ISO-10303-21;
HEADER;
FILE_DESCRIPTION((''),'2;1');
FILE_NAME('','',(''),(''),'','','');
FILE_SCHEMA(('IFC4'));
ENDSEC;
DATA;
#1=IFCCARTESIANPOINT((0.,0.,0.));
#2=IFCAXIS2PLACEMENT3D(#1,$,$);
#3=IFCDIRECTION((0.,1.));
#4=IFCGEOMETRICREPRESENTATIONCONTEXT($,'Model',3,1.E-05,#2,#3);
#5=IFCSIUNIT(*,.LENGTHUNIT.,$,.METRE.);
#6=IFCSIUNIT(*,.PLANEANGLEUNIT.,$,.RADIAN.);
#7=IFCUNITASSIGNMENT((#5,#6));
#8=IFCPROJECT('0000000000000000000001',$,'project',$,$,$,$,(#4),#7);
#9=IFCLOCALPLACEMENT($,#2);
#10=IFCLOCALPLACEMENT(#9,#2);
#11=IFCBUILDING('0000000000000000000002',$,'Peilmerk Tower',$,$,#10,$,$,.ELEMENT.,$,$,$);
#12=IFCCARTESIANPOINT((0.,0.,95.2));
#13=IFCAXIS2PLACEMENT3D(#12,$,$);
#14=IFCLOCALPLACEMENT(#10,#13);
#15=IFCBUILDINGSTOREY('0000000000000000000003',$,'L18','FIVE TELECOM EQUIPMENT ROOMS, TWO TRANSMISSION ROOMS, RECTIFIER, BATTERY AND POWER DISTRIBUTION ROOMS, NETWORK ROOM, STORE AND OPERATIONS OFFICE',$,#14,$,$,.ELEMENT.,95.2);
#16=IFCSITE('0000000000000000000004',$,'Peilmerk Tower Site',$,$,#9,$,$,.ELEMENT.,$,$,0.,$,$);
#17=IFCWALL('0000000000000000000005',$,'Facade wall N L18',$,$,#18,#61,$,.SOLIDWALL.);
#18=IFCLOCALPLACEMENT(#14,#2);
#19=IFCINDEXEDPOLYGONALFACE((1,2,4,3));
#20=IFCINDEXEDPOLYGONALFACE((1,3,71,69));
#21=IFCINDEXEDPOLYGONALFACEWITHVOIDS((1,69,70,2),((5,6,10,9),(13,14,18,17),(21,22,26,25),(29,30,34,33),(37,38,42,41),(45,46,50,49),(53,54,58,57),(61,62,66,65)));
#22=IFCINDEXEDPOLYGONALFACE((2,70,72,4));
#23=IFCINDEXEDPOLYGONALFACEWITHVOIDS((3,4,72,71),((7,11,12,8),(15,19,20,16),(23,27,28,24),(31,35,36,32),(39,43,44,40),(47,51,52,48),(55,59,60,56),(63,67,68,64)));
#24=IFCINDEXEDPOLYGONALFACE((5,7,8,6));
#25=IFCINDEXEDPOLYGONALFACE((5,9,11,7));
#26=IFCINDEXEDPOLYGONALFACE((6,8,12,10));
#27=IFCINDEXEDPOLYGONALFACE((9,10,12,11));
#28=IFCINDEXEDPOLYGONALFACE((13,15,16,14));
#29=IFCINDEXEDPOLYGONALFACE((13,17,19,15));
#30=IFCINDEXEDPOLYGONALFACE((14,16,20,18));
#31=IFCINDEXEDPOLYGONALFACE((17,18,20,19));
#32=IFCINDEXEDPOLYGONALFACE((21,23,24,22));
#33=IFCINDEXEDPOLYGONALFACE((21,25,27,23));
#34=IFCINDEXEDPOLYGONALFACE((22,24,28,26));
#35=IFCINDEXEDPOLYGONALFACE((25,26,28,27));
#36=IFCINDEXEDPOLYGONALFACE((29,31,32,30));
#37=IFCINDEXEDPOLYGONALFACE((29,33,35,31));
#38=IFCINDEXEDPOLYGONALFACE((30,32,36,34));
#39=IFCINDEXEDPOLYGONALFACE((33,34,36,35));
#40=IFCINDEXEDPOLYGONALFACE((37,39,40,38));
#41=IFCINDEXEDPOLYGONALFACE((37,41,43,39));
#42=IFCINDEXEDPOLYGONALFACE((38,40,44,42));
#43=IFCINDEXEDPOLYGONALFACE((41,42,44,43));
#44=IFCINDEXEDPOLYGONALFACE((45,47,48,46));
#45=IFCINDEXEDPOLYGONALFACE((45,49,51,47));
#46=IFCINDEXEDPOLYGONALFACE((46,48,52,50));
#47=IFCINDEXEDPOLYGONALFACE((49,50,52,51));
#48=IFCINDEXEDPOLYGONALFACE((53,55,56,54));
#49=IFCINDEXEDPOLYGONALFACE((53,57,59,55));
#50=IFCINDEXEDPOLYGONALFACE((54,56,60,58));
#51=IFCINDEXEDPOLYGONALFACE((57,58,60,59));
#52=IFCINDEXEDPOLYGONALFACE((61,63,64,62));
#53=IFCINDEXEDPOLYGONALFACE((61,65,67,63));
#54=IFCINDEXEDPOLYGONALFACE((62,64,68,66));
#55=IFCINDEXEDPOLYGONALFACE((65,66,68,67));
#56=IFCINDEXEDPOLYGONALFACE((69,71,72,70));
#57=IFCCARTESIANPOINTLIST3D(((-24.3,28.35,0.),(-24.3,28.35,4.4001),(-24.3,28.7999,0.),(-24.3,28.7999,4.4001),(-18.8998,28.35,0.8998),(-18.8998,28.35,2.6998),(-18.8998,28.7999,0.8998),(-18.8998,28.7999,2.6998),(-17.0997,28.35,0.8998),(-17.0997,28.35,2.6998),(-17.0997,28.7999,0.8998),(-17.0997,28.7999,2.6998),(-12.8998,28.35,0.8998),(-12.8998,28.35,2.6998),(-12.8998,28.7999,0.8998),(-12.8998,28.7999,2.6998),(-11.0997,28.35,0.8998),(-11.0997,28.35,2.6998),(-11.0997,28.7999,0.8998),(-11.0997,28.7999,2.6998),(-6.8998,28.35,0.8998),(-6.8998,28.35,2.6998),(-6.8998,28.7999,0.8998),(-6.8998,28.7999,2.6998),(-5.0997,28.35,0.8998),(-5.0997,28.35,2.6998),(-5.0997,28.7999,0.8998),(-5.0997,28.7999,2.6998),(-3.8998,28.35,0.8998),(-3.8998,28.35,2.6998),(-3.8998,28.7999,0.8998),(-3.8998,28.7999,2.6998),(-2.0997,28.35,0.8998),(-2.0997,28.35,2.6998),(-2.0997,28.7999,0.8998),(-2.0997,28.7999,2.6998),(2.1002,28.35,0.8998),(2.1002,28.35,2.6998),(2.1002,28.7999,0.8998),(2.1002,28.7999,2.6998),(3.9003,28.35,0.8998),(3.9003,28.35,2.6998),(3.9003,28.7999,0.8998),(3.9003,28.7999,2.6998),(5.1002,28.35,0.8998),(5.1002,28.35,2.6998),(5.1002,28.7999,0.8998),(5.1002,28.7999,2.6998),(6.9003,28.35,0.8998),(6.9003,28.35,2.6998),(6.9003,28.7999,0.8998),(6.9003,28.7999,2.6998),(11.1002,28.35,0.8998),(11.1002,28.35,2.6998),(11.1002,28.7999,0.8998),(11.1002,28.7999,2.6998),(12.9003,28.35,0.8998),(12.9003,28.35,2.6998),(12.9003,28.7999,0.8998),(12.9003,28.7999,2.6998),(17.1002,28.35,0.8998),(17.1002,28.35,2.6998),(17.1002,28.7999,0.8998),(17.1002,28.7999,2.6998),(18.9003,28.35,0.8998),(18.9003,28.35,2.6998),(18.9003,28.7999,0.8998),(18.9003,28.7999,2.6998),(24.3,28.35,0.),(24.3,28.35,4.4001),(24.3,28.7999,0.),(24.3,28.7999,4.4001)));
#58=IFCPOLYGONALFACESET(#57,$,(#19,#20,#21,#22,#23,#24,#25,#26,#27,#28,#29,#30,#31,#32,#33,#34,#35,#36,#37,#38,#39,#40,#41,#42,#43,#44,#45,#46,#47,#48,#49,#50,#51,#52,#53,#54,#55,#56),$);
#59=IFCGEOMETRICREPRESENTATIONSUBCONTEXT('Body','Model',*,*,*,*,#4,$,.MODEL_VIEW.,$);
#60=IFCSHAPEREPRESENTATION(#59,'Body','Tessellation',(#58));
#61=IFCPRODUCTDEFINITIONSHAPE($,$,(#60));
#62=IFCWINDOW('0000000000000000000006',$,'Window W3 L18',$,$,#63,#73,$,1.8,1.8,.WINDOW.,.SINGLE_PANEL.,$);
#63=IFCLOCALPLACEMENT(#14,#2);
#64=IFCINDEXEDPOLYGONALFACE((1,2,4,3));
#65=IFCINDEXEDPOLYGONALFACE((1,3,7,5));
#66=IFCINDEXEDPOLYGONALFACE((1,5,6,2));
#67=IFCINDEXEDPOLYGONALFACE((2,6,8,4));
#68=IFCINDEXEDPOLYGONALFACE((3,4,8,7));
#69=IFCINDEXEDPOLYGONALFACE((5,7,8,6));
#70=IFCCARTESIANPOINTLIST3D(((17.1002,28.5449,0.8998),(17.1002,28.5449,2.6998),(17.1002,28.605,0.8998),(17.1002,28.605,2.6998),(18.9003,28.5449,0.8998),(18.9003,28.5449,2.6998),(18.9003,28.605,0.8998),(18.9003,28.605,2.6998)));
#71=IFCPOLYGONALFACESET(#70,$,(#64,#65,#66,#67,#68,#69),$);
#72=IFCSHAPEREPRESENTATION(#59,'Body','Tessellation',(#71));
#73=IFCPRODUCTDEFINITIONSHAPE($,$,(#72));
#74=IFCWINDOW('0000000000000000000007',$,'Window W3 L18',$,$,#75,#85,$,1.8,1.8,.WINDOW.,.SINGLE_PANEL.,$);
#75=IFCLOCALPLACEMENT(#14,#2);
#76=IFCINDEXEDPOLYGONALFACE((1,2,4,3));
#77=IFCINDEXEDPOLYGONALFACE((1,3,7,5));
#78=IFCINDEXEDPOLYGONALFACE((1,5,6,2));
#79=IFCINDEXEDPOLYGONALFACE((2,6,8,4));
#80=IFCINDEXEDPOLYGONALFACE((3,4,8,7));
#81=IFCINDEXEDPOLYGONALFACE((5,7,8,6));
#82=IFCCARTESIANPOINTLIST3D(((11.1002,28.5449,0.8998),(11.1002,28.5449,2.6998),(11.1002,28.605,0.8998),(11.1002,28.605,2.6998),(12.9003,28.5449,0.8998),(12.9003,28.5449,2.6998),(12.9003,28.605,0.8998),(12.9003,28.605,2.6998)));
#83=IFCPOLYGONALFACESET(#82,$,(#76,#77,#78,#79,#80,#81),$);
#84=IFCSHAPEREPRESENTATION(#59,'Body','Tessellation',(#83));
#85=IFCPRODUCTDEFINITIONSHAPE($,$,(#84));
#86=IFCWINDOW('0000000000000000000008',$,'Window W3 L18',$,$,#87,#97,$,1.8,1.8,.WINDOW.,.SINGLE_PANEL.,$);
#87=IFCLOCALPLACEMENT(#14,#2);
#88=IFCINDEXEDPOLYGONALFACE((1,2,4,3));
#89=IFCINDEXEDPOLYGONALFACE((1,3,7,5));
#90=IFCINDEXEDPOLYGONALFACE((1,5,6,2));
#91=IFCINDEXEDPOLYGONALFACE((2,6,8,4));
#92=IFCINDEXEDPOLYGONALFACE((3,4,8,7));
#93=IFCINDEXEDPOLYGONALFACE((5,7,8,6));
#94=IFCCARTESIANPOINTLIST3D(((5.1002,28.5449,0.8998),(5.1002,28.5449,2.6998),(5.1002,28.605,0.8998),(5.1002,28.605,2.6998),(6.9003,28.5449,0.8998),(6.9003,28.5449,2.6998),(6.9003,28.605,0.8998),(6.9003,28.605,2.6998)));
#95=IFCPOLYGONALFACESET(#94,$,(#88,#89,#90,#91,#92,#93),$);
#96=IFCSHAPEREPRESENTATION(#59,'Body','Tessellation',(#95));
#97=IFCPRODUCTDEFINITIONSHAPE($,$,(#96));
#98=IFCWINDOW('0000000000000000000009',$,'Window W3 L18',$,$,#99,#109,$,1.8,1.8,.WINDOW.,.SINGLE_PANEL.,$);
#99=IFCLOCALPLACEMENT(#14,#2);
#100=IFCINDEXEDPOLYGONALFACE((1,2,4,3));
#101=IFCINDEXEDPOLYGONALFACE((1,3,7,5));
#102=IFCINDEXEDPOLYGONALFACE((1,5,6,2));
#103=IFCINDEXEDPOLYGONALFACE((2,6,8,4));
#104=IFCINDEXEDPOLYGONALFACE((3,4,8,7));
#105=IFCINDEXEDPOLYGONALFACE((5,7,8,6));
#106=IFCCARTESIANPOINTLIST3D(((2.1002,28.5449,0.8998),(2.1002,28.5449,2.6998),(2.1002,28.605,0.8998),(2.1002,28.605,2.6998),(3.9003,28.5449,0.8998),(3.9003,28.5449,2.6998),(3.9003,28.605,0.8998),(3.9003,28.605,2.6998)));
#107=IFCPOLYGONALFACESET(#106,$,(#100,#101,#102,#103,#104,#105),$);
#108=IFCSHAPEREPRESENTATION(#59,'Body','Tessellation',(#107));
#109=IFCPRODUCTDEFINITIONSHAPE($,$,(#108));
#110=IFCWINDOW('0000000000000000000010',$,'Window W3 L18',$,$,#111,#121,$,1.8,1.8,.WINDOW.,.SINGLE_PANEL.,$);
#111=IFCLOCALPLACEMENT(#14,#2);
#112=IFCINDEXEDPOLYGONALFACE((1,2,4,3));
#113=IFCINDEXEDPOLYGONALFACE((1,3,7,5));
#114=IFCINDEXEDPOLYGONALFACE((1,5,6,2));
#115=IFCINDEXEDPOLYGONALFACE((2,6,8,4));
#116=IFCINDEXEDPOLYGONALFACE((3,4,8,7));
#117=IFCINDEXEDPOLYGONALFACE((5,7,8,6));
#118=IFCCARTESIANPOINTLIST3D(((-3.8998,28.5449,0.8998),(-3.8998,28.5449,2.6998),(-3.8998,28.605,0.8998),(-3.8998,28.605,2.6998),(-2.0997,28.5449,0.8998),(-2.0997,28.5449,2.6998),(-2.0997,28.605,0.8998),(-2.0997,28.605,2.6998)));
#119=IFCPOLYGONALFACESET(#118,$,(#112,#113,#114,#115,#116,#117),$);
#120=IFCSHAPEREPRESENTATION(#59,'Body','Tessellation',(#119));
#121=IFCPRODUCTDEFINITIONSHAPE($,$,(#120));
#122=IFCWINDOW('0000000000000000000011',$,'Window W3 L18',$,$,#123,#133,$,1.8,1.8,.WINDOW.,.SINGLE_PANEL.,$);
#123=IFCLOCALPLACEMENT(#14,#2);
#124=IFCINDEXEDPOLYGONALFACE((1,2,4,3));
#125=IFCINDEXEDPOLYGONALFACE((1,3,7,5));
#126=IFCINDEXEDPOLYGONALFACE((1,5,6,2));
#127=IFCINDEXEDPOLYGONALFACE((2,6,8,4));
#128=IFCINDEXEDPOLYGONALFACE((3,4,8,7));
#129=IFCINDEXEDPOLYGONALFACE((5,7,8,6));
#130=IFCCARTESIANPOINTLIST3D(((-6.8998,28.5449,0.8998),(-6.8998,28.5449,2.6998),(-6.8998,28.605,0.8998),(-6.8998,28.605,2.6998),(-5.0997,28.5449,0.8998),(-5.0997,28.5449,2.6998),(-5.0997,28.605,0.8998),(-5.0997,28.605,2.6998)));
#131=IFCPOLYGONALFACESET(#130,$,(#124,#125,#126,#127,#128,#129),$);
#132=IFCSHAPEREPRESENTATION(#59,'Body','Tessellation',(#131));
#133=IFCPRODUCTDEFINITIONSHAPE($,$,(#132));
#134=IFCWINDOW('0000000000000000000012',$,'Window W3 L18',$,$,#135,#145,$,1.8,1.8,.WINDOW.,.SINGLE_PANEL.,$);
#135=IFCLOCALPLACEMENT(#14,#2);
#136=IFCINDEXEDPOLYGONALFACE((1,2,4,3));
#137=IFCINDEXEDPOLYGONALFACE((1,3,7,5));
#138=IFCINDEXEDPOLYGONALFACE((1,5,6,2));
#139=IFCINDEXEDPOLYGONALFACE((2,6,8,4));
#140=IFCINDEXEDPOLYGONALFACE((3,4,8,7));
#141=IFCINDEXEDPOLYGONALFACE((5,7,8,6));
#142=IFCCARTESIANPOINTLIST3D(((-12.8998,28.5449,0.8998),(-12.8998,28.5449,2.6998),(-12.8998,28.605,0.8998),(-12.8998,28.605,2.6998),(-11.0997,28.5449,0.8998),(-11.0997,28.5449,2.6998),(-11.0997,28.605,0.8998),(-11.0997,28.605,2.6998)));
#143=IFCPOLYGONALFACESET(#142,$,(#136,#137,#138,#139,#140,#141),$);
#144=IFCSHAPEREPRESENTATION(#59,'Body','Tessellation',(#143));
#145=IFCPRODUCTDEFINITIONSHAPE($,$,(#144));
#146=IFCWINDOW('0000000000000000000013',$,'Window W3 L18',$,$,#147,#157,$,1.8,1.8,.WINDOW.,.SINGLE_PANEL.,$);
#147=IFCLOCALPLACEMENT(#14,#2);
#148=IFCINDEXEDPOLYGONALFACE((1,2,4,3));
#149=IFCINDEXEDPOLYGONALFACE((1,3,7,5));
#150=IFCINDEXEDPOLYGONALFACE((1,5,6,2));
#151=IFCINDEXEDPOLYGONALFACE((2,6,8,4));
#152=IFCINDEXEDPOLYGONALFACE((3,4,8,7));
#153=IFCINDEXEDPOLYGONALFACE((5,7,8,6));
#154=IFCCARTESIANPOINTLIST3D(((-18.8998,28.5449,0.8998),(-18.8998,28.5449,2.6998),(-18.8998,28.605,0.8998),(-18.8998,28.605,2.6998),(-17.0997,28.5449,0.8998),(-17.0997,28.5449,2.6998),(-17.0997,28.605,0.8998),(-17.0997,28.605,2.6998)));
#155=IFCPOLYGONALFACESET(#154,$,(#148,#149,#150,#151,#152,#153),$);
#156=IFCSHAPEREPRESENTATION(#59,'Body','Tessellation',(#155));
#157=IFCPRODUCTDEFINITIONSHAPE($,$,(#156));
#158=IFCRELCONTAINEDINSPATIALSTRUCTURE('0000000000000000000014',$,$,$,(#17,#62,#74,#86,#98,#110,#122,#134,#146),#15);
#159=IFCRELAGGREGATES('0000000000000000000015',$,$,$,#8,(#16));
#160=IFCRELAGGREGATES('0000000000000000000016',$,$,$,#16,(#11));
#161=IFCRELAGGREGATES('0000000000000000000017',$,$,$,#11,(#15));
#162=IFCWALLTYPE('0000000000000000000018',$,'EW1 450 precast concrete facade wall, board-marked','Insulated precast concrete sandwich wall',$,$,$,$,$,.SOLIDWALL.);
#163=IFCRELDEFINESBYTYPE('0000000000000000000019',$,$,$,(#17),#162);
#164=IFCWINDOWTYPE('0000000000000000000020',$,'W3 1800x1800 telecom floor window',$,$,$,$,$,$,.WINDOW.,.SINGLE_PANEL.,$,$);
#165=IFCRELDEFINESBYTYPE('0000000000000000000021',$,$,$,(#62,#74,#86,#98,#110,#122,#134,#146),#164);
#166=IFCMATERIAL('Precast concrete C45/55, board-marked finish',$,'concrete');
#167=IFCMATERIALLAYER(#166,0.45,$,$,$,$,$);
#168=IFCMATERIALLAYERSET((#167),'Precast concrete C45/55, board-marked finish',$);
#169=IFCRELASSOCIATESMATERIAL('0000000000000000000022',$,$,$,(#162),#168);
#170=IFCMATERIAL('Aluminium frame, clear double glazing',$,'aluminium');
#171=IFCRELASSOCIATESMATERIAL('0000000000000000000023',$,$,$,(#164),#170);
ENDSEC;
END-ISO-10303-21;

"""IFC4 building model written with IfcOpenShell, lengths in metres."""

from ifc_helpers import new_model, si_unit, direction, frame, frame_2d, origin, place, context, subcontext, project, spatial, rectangle, extrude, material, layer, layer_set, type_object, element, fill, save


model = new_model("IFC4")

# Units and contexts
model_context = context("Model", 3, precision=1e-05, world=origin(), true_north=direction((0.0, 1.0)))
body_context = subcontext(model_context, "Body", "Model", "MODEL_VIEW")
ifc_project = project(units=[si_unit("LENGTHUNIT", "METRE"), si_unit("PLANEANGLEUNIT", "RADIAN")], contexts=[model_context])

# Site, building, storey
site_placement = place(None, origin())
site = spatial("IfcSite", under=ifc_project, at=site_placement, Name="Peilmerk Tower Site", CompositionType="ELEMENT", RefElevation=0.0)
building_placement = place(site_placement, origin())
building = spatial("IfcBuilding", under=site, at=building_placement, Name="Peilmerk Tower", CompositionType="ELEMENT")
storey_placement = place(building_placement, frame((0.0, 0.0, 95.2)))
storey = spatial("IfcBuildingStorey", under=building, at=storey_placement, Name="L18", Description="FIVE TELECOM EQUIPMENT ROOMS, TWO TRANSMISSION ROOMS, RECTIFIER, BATTERY AND POWER DISTRIBUTION ROOMS, NETWORK ROOM, STORE AND OPERATIONS OFFICE", CompositionType="ELEMENT", Elevation=95.2)

# Wall, openings, windows
ifc_material_1 = material(Name="Precast concrete C45/55, board-marked finish", Category="concrete")
ifc_layer = layer(ifc_material_1, 0.45)
ifc_layer_set = layer_set([ifc_layer], Name="Precast concrete C45/55, board-marked finish")
wall_type = type_object("IfcWallType", Name="EW1 450 precast concrete facade wall, board-marked", Description="Insulated precast concrete sandwich wall", PredefinedType="SOLIDWALL", material=ifc_layer_set)
wall_1_placement = place(storey_placement, frame((24.3, 28.575, 0.0), z_axis=(0.0, 0.0, 1.0), x_axis=(-1.0, 0.0, 0.0)))
wall_1 = element("IfcWall", 1, at=wall_1_placement, inside=storey, type_object=wall_type, Name="Facade wall N L18", PredefinedType="SOLIDWALL", context=body_context, shape_type="SweptSolid", body=[
    extrude(rectangle(XDim=48.6001, YDim=0.45, at=frame_2d((24.3, 0.0))), origin(), (0.0, 0.0, 1.0), 4.4001),
])
opening_1_placement = place(wall_1_placement, frame((5.3999, 0.0, 0.8999)))
opening_1 = element("IfcOpeningElement", 2, at=opening_1_placement, cuts=wall_1, PredefinedType="OPENING", context=body_context, shape_type="SweptSolid", body=[
    extrude(rectangle(XDim=1.8, YDim=1.8, at=frame_2d((0.8999, 0.8999))), frame((0.0, 0.2349, 0.0), z_axis=(0.0, -1.0, 0.0), x_axis=(1.0, 0.0, 0.0)), (0.0, 0.0, 1.0), 0.47),
])
opening_2_placement = place(wall_1_placement, frame((11.3999, 0.0, 0.8999)))
opening_2 = element("IfcOpeningElement", 3, at=opening_2_placement, cuts=wall_1, PredefinedType="OPENING", context=body_context, shape_type="SweptSolid", body=[
    extrude(rectangle(XDim=1.8, YDim=1.8, at=frame_2d((0.8999, 0.8999))), frame((0.0, 0.2349, 0.0), z_axis=(0.0, -1.0, 0.0), x_axis=(1.0, 0.0, 0.0)), (0.0, 0.0, 1.0), 0.47),
])
opening_3_placement = place(wall_1_placement, frame((17.3999, 0.0, 0.8999)))
opening_3 = element("IfcOpeningElement", 4, at=opening_3_placement, cuts=wall_1, PredefinedType="OPENING", context=body_context, shape_type="SweptSolid", body=[
    extrude(rectangle(XDim=1.8, YDim=1.8, at=frame_2d((0.8999, 0.8999))), frame((0.0, 0.2349, 0.0), z_axis=(0.0, -1.0, 0.0), x_axis=(1.0, 0.0, 0.0)), (0.0, 0.0, 1.0), 0.47),
])
opening_4_placement = place(wall_1_placement, frame((20.3999, 0.0, 0.8999)))
opening_4 = element("IfcOpeningElement", 5, at=opening_4_placement, cuts=wall_1, PredefinedType="OPENING", context=body_context, shape_type="SweptSolid", body=[
    extrude(rectangle(XDim=1.8, YDim=1.8, at=frame_2d((0.8999, 0.8999))), frame((0.0, 0.2349, 0.0), z_axis=(0.0, -1.0, 0.0), x_axis=(1.0, 0.0, 0.0)), (0.0, 0.0, 1.0), 0.47),
])
opening_5_placement = place(wall_1_placement, frame((26.3999, 0.0, 0.8999)))
opening_5 = element("IfcOpeningElement", 6, at=opening_5_placement, cuts=wall_1, PredefinedType="OPENING", context=body_context, shape_type="SweptSolid", body=[
    extrude(rectangle(XDim=1.8, YDim=1.8, at=frame_2d((0.8999, 0.8999))), frame((0.0, 0.2349, 0.0), z_axis=(0.0, -1.0, 0.0), x_axis=(1.0, 0.0, 0.0)), (0.0, 0.0, 1.0), 0.47),
])
opening_6_placement = place(wall_1_placement, frame((29.3999, 0.0, 0.8999)))
opening_6 = element("IfcOpeningElement", 7, at=opening_6_placement, cuts=wall_1, PredefinedType="OPENING", context=body_context, shape_type="SweptSolid", body=[
    extrude(rectangle(XDim=1.8, YDim=1.8, at=frame_2d((0.8999, 0.8999))), frame((0.0, 0.2349, 0.0), z_axis=(0.0, -1.0, 0.0), x_axis=(1.0, 0.0, 0.0)), (0.0, 0.0, 1.0), 0.47),
])
opening_7_placement = place(wall_1_placement, frame((35.3999, 0.0, 0.8999)))
opening_7 = element("IfcOpeningElement", 8, at=opening_7_placement, cuts=wall_1, PredefinedType="OPENING", context=body_context, shape_type="SweptSolid", body=[
    extrude(rectangle(XDim=1.8, YDim=1.8, at=frame_2d((0.8999, 0.8999))), frame((0.0, 0.2349, 0.0), z_axis=(0.0, -1.0, 0.0), x_axis=(1.0, 0.0, 0.0)), (0.0, 0.0, 1.0), 0.47),
])
opening_8_placement = place(wall_1_placement, frame((41.3999, 0.0, 0.8999)))
opening_8 = element("IfcOpeningElement", 9, at=opening_8_placement, cuts=wall_1, PredefinedType="OPENING", context=body_context, shape_type="SweptSolid", body=[
    extrude(rectangle(XDim=1.8, YDim=1.8, at=frame_2d((0.8999, 0.8999))), frame((0.0, 0.2349, 0.0), z_axis=(0.0, -1.0, 0.0), x_axis=(1.0, 0.0, 0.0)), (0.0, 0.0, 1.0), 0.47),
])
ifc_material_2 = material(Name="Aluminium frame, clear double glazing", Category="aluminium")
window_type = type_object("IfcWindowType", Name="W3 1800x1800 telecom floor window", PartitioningType="SINGLE_PANEL", PredefinedType="WINDOW", material=ifc_material_2)
window_1_placement = place(opening_1_placement, origin())
window_1 = element("IfcWindow", 10, at=window_1_placement, inside=storey, type_object=window_type, Name="Window W3 L18", OverallHeight=1.8, OverallWidth=1.8, PartitioningType="SINGLE_PANEL", PredefinedType="WINDOW", context=body_context, shape_type="SweptSolid", body=[
    extrude(rectangle(XDim=1.8, YDim=1.8, at=frame_2d((0.8999, 0.8999))), frame((0.0, 0.03, 0.0), z_axis=(0.0, -1.0, 0.0), x_axis=(1.0, 0.0, 0.0)), (0.0, 0.0, 1.0), 0.0601),
])
fill(opening_1, window_1)
window_2_placement = place(opening_2_placement, origin())
window_2 = element("IfcWindow", 11, at=window_2_placement, inside=storey, type_object=window_type, Name="Window W3 L18", OverallHeight=1.8, OverallWidth=1.8, PartitioningType="SINGLE_PANEL", PredefinedType="WINDOW", context=body_context, shape_type="SweptSolid", body=[
    extrude(rectangle(XDim=1.8, YDim=1.8, at=frame_2d((0.8999, 0.8999))), frame((0.0, 0.03, 0.0), z_axis=(0.0, -1.0, 0.0), x_axis=(1.0, 0.0, 0.0)), (0.0, 0.0, 1.0), 0.0601),
])
fill(opening_2, window_2)
window_3_placement = place(opening_3_placement, origin())
window_3 = element("IfcWindow", 12, at=window_3_placement, inside=storey, type_object=window_type, Name="Window W3 L18", OverallHeight=1.8, OverallWidth=1.8, PartitioningType="SINGLE_PANEL", PredefinedType="WINDOW", context=body_context, shape_type="SweptSolid", body=[
    extrude(rectangle(XDim=1.8, YDim=1.8, at=frame_2d((0.8999, 0.8999))), frame((0.0, 0.03, 0.0), z_axis=(0.0, -1.0, 0.0), x_axis=(1.0, 0.0, 0.0)), (0.0, 0.0, 1.0), 0.0601),
])
fill(opening_3, window_3)
window_4_placement = place(opening_4_placement, origin())
window_4 = element("IfcWindow", 13, at=window_4_placement, inside=storey, type_object=window_type, Name="Window W3 L18", OverallHeight=1.8, OverallWidth=1.8, PartitioningType="SINGLE_PANEL", PredefinedType="WINDOW", context=body_context, shape_type="SweptSolid", body=[
    extrude(rectangle(XDim=1.8, YDim=1.8, at=frame_2d((0.8999, 0.8999))), frame((0.0, 0.03, 0.0), z_axis=(0.0, -1.0, 0.0), x_axis=(1.0, 0.0, 0.0)), (0.0, 0.0, 1.0), 0.0601),
])
fill(opening_4, window_4)
window_5_placement = place(opening_5_placement, origin())
window_5 = element("IfcWindow", 14, at=window_5_placement, inside=storey, type_object=window_type, Name="Window W3 L18", OverallHeight=1.8, OverallWidth=1.8, PartitioningType="SINGLE_PANEL", PredefinedType="WINDOW", context=body_context, shape_type="SweptSolid", body=[
    extrude(rectangle(XDim=1.8, YDim=1.8, at=frame_2d((0.8999, 0.8999))), frame((0.0, 0.03, 0.0), z_axis=(0.0, -1.0, 0.0), x_axis=(1.0, 0.0, 0.0)), (0.0, 0.0, 1.0), 0.0601),
])
fill(opening_5, window_5)
window_6_placement = place(opening_6_placement, origin())
window_6 = element("IfcWindow", 15, at=window_6_placement, inside=storey, type_object=window_type, Name="Window W3 L18", OverallHeight=1.8, OverallWidth=1.8, PartitioningType="SINGLE_PANEL", PredefinedType="WINDOW", context=body_context, shape_type="SweptSolid", body=[
    extrude(rectangle(XDim=1.8, YDim=1.8, at=frame_2d((0.8999, 0.8999))), frame((0.0, 0.03, 0.0), z_axis=(0.0, -1.0, 0.0), x_axis=(1.0, 0.0, 0.0)), (0.0, 0.0, 1.0), 0.0601),
])
fill(opening_6, window_6)
window_7_placement = place(opening_7_placement, origin())
window_7 = element("IfcWindow", 16, at=window_7_placement, inside=storey, type_object=window_type, Name="Window W3 L18", OverallHeight=1.8, OverallWidth=1.8, PartitioningType="SINGLE_PANEL", PredefinedType="WINDOW", context=body_context, shape_type="SweptSolid", body=[
    extrude(rectangle(XDim=1.8, YDim=1.8, at=frame_2d((0.8999, 0.8999))), frame((0.0, 0.03, 0.0), z_axis=(0.0, -1.0, 0.0), x_axis=(1.0, 0.0, 0.0)), (0.0, 0.0, 1.0), 0.0601),
])
fill(opening_7, window_7)
window_8_placement = place(opening_8_placement, origin())
window_8 = element("IfcWindow", 17, at=window_8_placement, inside=storey, type_object=window_type, Name="Window W3 L18", OverallHeight=1.8, OverallWidth=1.8, PartitioningType="SINGLE_PANEL", PredefinedType="WINDOW", context=body_context, shape_type="SweptSolid", body=[
    extrude(rectangle(XDim=1.8, YDim=1.8, at=frame_2d((0.8999, 0.8999))), frame((0.0, 0.03, 0.0), z_axis=(0.0, -1.0, 0.0), x_axis=(1.0, 0.0, 0.0)), (0.0, 0.0, 1.0), 0.0601),
])
fill(opening_8, window_8)

save(model, "model.ifc")
